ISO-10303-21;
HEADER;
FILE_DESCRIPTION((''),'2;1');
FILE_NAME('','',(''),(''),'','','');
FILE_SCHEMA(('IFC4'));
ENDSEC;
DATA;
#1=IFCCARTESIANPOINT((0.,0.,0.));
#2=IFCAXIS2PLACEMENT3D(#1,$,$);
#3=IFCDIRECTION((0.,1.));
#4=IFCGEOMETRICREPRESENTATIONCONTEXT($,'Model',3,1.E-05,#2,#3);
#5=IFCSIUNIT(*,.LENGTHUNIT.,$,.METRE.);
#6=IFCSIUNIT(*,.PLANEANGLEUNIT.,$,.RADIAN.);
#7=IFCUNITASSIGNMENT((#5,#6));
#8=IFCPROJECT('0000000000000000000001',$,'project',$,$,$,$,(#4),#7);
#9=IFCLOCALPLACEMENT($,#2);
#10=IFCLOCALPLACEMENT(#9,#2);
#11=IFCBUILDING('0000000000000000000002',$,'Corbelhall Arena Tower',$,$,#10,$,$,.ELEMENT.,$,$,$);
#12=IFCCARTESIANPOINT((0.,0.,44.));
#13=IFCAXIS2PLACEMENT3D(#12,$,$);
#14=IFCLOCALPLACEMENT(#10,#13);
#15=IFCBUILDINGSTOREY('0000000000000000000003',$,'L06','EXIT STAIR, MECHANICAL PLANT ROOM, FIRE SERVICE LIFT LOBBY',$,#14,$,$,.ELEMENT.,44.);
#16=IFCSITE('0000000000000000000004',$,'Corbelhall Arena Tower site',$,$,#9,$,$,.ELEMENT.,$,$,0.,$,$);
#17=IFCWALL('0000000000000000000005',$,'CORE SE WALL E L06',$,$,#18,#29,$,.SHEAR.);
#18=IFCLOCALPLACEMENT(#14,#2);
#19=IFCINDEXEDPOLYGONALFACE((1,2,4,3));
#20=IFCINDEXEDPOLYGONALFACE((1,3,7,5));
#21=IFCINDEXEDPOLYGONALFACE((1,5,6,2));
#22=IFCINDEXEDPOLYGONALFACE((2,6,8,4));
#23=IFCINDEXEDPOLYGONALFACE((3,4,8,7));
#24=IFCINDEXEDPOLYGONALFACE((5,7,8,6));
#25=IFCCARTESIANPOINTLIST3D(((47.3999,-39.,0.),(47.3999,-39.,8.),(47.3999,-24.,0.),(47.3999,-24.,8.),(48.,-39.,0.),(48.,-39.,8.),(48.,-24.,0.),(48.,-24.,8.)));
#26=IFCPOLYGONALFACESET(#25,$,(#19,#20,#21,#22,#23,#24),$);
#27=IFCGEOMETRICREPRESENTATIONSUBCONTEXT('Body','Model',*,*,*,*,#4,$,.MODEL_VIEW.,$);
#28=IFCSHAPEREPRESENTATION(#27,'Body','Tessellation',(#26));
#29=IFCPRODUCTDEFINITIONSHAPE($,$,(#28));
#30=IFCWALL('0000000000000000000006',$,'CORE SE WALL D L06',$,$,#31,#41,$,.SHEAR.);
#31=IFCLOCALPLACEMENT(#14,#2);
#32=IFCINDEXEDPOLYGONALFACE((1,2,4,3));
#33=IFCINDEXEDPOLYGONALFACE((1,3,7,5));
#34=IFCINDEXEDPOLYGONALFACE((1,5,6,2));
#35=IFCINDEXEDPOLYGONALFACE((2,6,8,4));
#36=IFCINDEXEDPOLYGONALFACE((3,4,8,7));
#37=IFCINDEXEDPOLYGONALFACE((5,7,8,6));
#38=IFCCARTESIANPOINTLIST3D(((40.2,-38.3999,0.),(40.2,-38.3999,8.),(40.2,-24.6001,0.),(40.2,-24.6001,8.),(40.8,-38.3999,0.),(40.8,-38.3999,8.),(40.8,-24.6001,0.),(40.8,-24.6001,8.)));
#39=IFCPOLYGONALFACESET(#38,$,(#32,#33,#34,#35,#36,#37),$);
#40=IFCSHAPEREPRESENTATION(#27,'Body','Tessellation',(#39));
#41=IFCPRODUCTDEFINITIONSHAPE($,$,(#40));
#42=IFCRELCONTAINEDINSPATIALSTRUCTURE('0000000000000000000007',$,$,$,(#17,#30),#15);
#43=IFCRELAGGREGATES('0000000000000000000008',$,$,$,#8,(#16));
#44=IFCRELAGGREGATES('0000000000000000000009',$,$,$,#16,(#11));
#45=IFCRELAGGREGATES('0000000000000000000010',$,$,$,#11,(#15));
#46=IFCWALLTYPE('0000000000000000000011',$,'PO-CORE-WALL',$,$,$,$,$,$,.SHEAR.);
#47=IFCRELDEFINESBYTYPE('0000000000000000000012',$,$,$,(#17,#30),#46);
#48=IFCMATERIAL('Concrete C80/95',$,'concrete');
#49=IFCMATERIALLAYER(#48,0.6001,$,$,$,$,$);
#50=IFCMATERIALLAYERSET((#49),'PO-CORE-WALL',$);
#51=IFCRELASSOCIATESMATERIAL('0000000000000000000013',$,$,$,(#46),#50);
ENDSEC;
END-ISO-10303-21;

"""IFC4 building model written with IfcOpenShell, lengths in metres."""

from ifc_helpers import new_model, si_unit, direction, frame, frame_2d, origin, place, context, subcontext, project, spatial, rectangle, extrude, material, layer, layer_set, type_object, element, save


model = new_model("IFC4")

# Units and contexts
model_context = context("Model", 3, precision=1e-05, world=origin(), true_north=direction((0.0, 1.0)))
body_context = subcontext(model_context, "Body", "Model", "MODEL_VIEW")
ifc_project = project(units=[si_unit("LENGTHUNIT", "METRE"), si_unit("PLANEANGLEUNIT", "RADIAN")], contexts=[model_context])

# Site, building, storey
site_placement = place(None, origin())
site = spatial("IfcSite", under=ifc_project, at=site_placement, Name="Corbelhall Arena Tower site", CompositionType="ELEMENT", RefElevation=0.0)
building_placement = place(site_placement, origin())
building = spatial("IfcBuilding", under=site, at=building_placement, Name="Corbelhall Arena Tower", CompositionType="ELEMENT")
storey_placement = place(building_placement, frame((0.0, 0.0, 44.0)))
storey = spatial("IfcBuildingStorey", under=building, at=storey_placement, Name="L06", Description="EXIT STAIR, MECHANICAL PLANT ROOM, FIRE SERVICE LIFT LOBBY", CompositionType="ELEMENT", Elevation=44.0)

# Walls
ifc_material_1 = material(Name="Concrete C80/95", Category="concrete")
ifc_layer_1 = layer(ifc_material_1, 0.6001)
ifc_layer_set_1 = layer_set([ifc_layer_1], Name="PO-CORE-WALL")
wall_type_1 = type_object("IfcWallType", Name="PO-CORE-WALL", PredefinedType="SHEAR", material=ifc_layer_set_1)
wall_1_placement = place(storey_placement, frame((47.7, -39.0, 0.0), z_axis=(0.0, 0.0, 1.0), x_axis=(0.0, 1.0, 0.0)))
element("IfcWall", 1, at=wall_1_placement, inside=storey, type_object=wall_type_1, Name="CORE SE WALL E L06", PredefinedType="SHEAR", context=body_context, shape_type="SweptSolid", body=[
    extrude(rectangle(XDim=15.0, YDim=0.6001, at=frame_2d((7.5, 0.0))), origin(), (0.0, 0.0, 1.0), 8.0),
])
wall_2_placement = place(storey_placement, frame((40.5, -38.3999, 0.0), z_axis=(0.0, 0.0, 1.0), x_axis=(0.0, 1.0, 0.0)))
element("IfcWall", 2, at=wall_2_placement, inside=storey, type_object=wall_type_1, Name="CORE SE WALL D L06", PredefinedType="SHEAR", context=body_context, shape_type="SweptSolid", body=[
    extrude(rectangle(XDim=13.7998, YDim=0.6001, at=frame_2d((6.8999, 0.0))), origin(), (0.0, 0.0, 1.0), 8.0),
])

save(model, "model.ifc")
